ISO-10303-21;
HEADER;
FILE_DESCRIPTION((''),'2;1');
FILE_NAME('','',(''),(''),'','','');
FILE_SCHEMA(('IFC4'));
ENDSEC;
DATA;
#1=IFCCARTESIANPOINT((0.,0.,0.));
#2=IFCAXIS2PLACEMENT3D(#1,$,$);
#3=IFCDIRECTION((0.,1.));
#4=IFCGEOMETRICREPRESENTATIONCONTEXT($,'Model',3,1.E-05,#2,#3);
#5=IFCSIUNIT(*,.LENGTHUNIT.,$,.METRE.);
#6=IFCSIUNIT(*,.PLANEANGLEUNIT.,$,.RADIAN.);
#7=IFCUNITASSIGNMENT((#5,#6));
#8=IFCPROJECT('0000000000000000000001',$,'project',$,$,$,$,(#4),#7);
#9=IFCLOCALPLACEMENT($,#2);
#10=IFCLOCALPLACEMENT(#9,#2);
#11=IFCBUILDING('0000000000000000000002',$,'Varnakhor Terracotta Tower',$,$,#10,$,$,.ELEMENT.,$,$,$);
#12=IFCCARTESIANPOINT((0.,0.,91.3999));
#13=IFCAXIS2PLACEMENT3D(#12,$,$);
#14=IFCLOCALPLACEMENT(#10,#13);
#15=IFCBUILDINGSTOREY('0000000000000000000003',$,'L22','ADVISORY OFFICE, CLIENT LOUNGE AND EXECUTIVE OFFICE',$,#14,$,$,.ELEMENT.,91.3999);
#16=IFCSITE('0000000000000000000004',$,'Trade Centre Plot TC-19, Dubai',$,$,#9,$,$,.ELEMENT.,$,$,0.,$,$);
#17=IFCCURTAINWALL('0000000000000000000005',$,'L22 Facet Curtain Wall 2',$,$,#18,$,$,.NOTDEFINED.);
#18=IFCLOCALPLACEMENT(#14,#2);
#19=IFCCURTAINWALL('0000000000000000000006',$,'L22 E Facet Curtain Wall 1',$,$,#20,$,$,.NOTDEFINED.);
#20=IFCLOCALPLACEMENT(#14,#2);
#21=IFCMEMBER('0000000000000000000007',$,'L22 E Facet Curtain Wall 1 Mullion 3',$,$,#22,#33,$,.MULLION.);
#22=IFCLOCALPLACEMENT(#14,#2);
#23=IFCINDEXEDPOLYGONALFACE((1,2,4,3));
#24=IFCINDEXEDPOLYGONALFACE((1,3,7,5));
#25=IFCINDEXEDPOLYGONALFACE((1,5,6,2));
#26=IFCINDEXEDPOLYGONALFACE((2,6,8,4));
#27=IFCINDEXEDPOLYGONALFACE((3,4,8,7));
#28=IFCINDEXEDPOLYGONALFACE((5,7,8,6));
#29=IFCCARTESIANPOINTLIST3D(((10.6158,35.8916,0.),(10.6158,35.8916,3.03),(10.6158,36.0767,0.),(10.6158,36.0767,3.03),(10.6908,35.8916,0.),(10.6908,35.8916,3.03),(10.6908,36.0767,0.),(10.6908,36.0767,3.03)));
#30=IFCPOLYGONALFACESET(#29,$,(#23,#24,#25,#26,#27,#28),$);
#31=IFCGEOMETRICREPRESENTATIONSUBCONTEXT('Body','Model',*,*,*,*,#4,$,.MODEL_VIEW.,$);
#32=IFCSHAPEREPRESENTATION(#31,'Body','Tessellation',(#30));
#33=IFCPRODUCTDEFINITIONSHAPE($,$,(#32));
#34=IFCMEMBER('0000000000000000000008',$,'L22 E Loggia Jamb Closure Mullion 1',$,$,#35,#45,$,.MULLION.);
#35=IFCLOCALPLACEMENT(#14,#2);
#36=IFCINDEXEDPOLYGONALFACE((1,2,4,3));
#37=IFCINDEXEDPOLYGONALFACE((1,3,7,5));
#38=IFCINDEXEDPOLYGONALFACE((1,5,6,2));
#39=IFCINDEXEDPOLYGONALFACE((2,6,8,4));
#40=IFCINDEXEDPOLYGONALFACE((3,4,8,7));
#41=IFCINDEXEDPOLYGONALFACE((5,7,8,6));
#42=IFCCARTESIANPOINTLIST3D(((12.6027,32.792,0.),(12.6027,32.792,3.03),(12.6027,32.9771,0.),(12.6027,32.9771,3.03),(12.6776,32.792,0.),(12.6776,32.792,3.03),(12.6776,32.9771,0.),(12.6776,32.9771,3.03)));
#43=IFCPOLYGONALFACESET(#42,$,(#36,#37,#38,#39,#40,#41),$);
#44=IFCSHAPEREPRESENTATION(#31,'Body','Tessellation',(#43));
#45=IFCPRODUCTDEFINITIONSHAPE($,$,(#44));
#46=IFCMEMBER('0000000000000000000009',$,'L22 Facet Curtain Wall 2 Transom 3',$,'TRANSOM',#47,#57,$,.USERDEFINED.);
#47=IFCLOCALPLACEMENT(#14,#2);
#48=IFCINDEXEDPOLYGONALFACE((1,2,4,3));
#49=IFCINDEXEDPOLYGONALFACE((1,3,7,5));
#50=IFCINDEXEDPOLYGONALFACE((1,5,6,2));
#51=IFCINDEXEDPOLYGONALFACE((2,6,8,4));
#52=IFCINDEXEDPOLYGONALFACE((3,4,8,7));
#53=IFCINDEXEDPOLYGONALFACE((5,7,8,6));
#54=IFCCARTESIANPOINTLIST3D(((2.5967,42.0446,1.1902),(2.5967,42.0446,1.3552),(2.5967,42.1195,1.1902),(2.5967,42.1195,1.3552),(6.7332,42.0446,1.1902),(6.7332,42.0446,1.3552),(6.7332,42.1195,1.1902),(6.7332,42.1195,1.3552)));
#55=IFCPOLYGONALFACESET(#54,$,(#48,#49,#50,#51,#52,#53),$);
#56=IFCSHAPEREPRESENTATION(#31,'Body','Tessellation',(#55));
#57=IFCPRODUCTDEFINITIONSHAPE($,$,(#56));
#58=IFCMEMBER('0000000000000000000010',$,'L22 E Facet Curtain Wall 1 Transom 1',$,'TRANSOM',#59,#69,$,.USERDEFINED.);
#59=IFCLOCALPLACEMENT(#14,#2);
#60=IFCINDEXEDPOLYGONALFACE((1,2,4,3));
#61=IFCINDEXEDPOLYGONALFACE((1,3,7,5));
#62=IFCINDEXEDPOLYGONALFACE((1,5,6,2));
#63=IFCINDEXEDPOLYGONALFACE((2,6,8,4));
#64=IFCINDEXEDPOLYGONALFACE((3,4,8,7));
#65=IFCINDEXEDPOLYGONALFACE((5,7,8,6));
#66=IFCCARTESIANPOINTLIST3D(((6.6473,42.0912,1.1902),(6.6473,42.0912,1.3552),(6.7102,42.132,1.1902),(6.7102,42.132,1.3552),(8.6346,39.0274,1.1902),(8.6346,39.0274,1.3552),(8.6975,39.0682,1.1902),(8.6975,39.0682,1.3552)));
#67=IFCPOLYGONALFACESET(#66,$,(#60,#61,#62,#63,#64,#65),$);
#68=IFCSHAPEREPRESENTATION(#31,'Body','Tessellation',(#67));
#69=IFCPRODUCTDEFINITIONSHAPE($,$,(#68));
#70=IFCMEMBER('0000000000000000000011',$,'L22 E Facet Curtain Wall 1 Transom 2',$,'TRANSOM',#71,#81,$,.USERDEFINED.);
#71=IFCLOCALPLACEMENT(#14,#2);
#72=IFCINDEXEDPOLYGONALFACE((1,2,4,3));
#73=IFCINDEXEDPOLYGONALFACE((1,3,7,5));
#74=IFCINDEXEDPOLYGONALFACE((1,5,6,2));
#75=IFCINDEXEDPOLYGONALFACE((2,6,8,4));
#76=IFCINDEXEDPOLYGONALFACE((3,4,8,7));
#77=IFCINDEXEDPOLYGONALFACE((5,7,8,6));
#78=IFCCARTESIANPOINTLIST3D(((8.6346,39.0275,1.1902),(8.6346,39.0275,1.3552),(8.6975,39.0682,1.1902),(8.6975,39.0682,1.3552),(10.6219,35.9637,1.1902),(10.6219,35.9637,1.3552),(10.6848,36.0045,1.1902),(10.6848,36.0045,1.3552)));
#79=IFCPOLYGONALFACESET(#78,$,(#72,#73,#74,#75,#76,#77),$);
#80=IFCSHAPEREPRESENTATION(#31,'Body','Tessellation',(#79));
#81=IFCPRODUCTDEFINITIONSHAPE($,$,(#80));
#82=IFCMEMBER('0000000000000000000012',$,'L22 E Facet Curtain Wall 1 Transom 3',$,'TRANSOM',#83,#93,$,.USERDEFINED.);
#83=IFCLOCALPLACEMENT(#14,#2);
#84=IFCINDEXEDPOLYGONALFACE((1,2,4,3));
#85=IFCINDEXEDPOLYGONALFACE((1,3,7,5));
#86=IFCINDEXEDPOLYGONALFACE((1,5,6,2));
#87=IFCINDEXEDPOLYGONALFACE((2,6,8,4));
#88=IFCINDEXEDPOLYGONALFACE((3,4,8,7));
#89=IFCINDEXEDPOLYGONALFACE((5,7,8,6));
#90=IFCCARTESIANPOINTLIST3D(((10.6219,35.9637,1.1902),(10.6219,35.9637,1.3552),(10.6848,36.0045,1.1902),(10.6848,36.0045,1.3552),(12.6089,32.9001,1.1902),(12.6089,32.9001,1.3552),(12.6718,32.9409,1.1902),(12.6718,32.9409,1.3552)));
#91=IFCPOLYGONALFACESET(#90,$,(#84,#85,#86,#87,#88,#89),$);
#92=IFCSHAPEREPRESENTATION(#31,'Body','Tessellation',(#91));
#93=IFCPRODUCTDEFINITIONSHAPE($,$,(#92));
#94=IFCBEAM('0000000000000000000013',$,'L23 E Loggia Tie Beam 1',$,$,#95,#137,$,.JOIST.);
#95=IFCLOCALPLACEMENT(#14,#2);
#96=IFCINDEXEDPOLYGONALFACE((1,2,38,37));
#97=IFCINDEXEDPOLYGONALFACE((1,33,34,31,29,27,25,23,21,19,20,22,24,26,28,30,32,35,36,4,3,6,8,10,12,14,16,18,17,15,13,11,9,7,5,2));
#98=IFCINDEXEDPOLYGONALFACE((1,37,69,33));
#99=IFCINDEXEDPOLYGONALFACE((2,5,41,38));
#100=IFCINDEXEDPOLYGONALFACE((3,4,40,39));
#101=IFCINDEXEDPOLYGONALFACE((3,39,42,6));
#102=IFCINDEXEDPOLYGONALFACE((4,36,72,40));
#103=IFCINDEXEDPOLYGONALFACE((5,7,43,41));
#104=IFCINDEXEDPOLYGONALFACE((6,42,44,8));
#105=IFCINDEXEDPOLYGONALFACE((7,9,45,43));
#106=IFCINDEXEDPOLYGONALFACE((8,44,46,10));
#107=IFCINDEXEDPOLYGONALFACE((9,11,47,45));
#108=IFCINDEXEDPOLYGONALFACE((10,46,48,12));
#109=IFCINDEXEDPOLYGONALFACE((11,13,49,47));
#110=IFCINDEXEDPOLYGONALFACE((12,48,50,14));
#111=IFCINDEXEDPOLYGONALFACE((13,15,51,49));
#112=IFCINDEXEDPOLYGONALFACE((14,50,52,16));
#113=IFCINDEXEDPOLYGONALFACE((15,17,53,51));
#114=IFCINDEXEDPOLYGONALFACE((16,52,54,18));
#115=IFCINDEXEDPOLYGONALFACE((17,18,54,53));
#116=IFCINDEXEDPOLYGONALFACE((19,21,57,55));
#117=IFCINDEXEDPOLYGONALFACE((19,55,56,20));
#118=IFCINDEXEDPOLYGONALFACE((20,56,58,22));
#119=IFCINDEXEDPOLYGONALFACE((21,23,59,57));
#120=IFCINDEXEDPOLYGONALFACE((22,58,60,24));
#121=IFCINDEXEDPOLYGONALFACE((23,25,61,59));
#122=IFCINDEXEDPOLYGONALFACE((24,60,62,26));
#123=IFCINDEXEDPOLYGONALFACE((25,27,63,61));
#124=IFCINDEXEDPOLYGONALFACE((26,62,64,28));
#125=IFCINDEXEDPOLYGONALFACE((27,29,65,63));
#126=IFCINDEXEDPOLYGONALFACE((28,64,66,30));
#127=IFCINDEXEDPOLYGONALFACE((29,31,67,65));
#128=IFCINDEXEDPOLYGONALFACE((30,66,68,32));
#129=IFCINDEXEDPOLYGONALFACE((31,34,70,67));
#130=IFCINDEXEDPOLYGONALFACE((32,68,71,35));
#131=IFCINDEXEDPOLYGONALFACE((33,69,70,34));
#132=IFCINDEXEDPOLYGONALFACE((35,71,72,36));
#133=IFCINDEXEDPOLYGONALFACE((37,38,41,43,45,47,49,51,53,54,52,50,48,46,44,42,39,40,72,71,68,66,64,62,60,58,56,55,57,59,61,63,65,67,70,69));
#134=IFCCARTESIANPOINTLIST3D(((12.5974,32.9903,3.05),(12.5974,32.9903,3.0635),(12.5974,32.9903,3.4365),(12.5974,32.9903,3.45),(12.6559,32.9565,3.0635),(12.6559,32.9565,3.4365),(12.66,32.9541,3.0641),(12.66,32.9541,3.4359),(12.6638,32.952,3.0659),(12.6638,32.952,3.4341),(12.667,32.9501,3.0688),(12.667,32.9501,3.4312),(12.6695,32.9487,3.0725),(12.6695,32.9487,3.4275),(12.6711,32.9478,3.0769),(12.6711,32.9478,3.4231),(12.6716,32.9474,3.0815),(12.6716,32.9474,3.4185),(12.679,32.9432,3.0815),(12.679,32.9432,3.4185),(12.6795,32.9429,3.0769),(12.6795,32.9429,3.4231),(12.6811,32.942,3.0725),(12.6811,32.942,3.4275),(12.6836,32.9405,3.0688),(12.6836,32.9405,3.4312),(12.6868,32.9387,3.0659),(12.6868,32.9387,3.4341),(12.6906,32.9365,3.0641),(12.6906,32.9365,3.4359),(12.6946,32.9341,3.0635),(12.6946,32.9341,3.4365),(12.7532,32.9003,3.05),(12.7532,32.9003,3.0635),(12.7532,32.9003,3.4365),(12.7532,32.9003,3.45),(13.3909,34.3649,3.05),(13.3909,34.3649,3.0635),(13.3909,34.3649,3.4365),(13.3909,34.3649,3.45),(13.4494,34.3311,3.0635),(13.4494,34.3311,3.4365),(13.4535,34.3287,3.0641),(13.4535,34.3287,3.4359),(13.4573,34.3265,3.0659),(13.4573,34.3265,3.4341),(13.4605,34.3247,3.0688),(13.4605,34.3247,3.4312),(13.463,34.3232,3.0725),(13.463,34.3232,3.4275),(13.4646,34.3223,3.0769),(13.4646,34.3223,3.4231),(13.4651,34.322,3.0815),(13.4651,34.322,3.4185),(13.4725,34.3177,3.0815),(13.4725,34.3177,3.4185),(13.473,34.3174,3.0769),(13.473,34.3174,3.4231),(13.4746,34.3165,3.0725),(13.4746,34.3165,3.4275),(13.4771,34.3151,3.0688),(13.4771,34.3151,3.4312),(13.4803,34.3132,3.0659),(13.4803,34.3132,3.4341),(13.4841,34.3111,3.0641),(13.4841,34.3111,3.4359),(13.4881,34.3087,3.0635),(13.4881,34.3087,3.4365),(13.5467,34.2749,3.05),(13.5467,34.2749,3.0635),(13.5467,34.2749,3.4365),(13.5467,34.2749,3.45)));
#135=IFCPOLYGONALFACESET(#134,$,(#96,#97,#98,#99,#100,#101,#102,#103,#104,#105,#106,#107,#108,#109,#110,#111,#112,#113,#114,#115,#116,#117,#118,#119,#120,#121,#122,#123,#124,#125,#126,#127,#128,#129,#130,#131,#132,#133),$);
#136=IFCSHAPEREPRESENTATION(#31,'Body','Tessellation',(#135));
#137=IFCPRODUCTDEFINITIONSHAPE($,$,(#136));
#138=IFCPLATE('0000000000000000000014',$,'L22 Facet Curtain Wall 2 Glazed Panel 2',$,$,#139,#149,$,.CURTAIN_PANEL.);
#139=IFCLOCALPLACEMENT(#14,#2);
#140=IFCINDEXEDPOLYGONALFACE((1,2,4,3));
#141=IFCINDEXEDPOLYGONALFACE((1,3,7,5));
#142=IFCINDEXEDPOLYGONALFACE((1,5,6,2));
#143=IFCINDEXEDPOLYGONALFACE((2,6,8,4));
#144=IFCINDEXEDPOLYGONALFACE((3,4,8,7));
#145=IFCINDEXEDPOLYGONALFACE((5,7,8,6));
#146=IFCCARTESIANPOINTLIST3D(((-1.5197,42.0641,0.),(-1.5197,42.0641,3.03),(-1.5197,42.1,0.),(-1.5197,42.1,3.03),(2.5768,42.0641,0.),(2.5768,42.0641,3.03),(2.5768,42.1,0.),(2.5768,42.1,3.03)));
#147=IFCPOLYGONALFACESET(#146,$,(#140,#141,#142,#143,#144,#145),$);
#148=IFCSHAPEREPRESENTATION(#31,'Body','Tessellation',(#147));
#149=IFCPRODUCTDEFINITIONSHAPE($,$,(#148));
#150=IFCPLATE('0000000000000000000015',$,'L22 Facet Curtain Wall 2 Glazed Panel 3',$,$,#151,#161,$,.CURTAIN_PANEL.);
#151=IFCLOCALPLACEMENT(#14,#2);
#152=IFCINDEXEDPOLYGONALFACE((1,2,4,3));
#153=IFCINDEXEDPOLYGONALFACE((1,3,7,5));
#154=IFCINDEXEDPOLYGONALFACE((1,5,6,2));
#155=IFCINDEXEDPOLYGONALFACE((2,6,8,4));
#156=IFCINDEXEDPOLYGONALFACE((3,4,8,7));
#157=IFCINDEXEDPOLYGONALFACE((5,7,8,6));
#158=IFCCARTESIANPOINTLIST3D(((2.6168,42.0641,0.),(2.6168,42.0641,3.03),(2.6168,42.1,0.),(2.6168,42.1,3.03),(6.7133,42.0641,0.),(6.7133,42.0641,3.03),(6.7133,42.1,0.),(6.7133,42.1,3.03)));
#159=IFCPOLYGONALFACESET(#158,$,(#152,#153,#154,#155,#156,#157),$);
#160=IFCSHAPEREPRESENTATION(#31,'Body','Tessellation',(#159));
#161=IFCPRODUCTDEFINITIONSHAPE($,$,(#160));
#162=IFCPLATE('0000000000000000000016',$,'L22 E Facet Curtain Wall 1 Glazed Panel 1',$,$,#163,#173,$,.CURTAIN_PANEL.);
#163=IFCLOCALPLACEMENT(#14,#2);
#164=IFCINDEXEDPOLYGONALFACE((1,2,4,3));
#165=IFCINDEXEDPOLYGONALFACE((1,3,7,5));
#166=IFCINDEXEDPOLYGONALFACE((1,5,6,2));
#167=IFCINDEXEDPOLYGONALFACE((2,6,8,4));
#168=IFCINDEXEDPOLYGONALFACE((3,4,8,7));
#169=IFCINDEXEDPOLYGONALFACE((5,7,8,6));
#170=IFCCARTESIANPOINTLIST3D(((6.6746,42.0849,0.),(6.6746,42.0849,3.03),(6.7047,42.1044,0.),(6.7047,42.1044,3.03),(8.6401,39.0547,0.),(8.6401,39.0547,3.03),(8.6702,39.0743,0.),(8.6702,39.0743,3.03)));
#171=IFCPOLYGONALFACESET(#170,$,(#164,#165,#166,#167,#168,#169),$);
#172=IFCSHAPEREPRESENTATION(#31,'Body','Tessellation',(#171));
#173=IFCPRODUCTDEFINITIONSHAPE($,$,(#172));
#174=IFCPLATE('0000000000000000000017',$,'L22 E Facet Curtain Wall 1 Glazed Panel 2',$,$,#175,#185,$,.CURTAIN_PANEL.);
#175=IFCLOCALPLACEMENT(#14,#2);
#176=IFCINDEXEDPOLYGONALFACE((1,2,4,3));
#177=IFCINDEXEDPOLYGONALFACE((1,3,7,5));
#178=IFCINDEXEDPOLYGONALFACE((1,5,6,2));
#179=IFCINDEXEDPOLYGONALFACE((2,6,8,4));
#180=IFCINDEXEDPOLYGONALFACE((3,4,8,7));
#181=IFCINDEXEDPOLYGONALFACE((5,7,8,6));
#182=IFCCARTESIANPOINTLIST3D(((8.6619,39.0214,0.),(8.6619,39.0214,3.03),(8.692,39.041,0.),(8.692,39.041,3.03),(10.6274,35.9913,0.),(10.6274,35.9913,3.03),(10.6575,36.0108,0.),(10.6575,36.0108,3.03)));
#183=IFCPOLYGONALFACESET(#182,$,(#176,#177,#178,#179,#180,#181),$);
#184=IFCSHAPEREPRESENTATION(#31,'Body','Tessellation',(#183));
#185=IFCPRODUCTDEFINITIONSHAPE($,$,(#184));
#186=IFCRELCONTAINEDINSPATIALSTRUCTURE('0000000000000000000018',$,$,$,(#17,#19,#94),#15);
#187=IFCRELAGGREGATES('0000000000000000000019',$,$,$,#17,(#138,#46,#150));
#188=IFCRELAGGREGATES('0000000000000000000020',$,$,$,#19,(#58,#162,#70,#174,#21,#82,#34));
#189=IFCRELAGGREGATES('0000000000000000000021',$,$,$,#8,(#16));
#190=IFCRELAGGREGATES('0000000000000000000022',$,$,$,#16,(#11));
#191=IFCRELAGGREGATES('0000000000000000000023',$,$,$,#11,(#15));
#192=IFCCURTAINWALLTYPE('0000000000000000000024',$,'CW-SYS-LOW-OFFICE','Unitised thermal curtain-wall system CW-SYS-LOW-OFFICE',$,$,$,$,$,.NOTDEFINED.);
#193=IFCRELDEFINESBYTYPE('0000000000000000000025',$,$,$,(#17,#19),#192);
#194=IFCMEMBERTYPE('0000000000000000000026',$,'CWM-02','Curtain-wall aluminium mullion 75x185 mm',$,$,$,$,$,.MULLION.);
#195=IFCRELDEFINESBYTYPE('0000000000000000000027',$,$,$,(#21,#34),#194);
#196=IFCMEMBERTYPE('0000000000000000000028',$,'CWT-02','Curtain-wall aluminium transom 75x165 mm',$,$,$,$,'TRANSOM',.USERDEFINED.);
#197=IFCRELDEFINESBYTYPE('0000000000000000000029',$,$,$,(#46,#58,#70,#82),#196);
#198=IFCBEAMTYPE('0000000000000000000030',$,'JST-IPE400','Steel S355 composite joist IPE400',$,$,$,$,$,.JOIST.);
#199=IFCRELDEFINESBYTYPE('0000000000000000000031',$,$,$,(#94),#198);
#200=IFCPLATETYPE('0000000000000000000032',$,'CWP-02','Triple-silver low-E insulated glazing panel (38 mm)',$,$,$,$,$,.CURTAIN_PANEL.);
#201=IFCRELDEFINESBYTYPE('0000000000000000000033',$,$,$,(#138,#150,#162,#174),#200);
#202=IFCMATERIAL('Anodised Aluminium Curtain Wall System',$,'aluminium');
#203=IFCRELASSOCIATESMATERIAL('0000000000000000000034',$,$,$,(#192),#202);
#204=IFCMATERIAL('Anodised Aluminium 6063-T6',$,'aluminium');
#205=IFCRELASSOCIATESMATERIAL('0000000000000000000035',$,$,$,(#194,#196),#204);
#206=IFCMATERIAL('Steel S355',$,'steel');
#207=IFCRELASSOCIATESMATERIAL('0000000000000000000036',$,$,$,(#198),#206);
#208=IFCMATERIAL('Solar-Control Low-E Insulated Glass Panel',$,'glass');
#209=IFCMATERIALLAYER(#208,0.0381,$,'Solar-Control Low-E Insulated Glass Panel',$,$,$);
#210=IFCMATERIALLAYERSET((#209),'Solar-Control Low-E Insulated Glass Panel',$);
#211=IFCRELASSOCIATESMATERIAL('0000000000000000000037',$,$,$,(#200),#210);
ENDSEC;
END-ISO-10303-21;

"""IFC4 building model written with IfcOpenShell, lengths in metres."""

from ifc_helpers import new_model, si_unit, direction, frame, origin, origin_2d, place, context, subcontext, project, spatial, rectangle, i_section, extrude, source, transform, mapped, material, layer, layer_set, material_profile, profile_set, type_object, type_shapes, element, aggregate, save


model = new_model("IFC4")

# Units and contexts
model_context = context("Model", 3, precision=1e-05, world=origin(), true_north=direction((0.0, 1.0)))
body_context = subcontext(model_context, "Body", "Model", "MODEL_VIEW")
ifc_project = project(units=[si_unit("LENGTHUNIT", "METRE"), si_unit("PLANEANGLEUNIT", "RADIAN")], contexts=[model_context])

# Site, building, storey
site_placement = place(None, origin())
site = spatial("IfcSite", under=ifc_project, at=site_placement, Name="Trade Centre Plot TC-19, Dubai", CompositionType="ELEMENT", RefElevation=0.0)
building_placement = place(site_placement, origin())
building = spatial("IfcBuilding", under=site, at=building_placement, Name="Varnakhor Terracotta Tower", CompositionType="ELEMENT")
storey_placement = place(building_placement, frame((0.0, 0.0, 91.3999)))
storey = spatial("IfcBuildingStorey", under=building, at=storey_placement, Name="L22", Description="ADVISORY OFFICE, CLIENT LOUNGE AND EXECUTIVE OFFICE", CompositionType="ELEMENT", Elevation=91.3999)

# Shared definitions
ifc_material_1 = material(Name="Steel S355", Category="steel")

# Curtain wall
ifc_material_2 = material(Name="Anodised Aluminium Curtain Wall System", Category="aluminium")
curtain_wall_type = type_object("IfcCurtainWallType", Name="CW-SYS-LOW-OFFICE", Description="Unitised thermal curtain-wall system CW-SYS-LOW-OFFICE", PredefinedType="NOTDEFINED", material=ifc_material_2)
curtain_wall_1_placement = place(storey_placement, origin())
curtain_wall_1 = element("IfcCurtainWall", 1, at=curtain_wall_1_placement, inside=storey, type_object=curtain_wall_type, Name="L22 Facet Curtain Wall 2", PredefinedType="NOTDEFINED")
ifc_material_3 = material(Name="Anodised Aluminium 6063-T6", Category="aluminium")
ifc_material_profile_1 = material_profile(ifc_material_3, rectangle(XDim=0.075, YDim=0.1851, at=origin_2d()), Name="ALU MULLION 75x185")
ifc_profile_set_1 = profile_set([ifc_material_profile_1], Name="Anodised Aluminium 6063-T6")
member_type_1 = type_object("IfcMemberType", Name="CWM-02", Description="Curtain-wall aluminium mullion 75x185 mm", PredefinedType="MULLION", material=ifc_profile_set_1)
shared_shape_1 = source(origin(), body_context, "Body", "SweptSolid", [
    extrude(rectangle(XDim=0.075, YDim=0.1851, at=origin_2d()), origin(), (0.0, 0.0, 1.0), 3.03),
])
type_shapes(member_type_1, [shared_shape_1])

# Curtain wall, members
curtain_wall_2_placement = place(storey_placement, origin())
curtain_wall_2 = element("IfcCurtainWall", 2, at=curtain_wall_2_placement, inside=storey, type_object=curtain_wall_type, Name="L22 E Facet Curtain Wall 1", PredefinedType="NOTDEFINED")
member_1_placement = place(storey_placement, frame((10.6533, 35.9841, 0.0), z_axis=(0.0, 0.0, 1.0), x_axis=(1.0, 0.0, 0.0)))
member_1 = element("IfcMember", 3, at=member_1_placement, type_object=member_type_1, Name="L22 E Facet Curtain Wall 1 Mullion 3", PredefinedType="MULLION", context=body_context, shape_type="MappedRepresentation", body=[
    mapped(shared_shape_1, transform((0.0, 0.0, 0.0), scale=1.0)),
])
member_2_placement = place(storey_placement, frame((12.6401, 32.8845, 0.0), z_axis=(0.0, 0.0, 1.0), x_axis=(1.0, 0.0, 0.0)))
member_2 = element("IfcMember", 4, at=member_2_placement, type_object=member_type_1, Name="L22 E Loggia Jamb Closure Mullion 1", PredefinedType="MULLION", context=body_context, shape_type="MappedRepresentation", body=[
    mapped(shared_shape_1, transform((0.0, 0.0, 0.0), scale=1.0)),
])

# Members
ifc_material_profile_2 = material_profile(ifc_material_3, rectangle(XDim=0.075, YDim=0.165, at=origin_2d()), Name="ALU TRANSOM 75x165")
ifc_profile_set_2 = profile_set([ifc_material_profile_2], Name="Anodised Aluminium 6063-T6")
member_type_2 = type_object("IfcMemberType", Name="CWT-02", Description="Curtain-wall aluminium transom 75x165 mm", ElementType="TRANSOM", PredefinedType="USERDEFINED", material=ifc_profile_set_2)
shared_shape_2 = source(origin(), body_context, "Body", "SweptSolid", [
    extrude(rectangle(XDim=0.075, YDim=0.165, at=origin_2d()), origin(), (0.0, 0.0, 1.0), 4.1365),
])
member_3_placement = place(storey_placement, frame((2.5967, 42.082, 1.2727), z_axis=(1.0, 0.0, 0.0), x_axis=(0.0, 1.0, 0.0)))
member_3 = element("IfcMember", 5, at=member_3_placement, type_object=member_type_2, Name="L22 Facet Curtain Wall 2 Transom 3", ObjectType="TRANSOM", PredefinedType="USERDEFINED", context=body_context, shape_type="MappedRepresentation", body=[
    mapped(shared_shape_2, transform((0.0, 0.0, 0.0), scale=1.0)),
])
shared_shape_3 = source(origin(), body_context, "Body", "SweptSolid", [
    extrude(rectangle(XDim=0.075, YDim=0.165, at=origin_2d()), origin(), (0.0, 0.0, 1.0), 3.6519),
])
member_4_placement = place(storey_placement, frame((6.6787, 42.1116, 1.2727), z_axis=(0.544196, -0.838958, 0.0), x_axis=(0.838958, 0.544196, 0.0)))
member_4 = element("IfcMember", 6, at=member_4_placement, type_object=member_type_2, Name="L22 E Facet Curtain Wall 1 Transom 1", ObjectType="TRANSOM", PredefinedType="USERDEFINED", context=body_context, shape_type="MappedRepresentation", body=[
    mapped(shared_shape_3, transform((0.0, 0.0, 0.0), scale=1.0)),
])
member_5_placement = place(storey_placement, frame((8.666, 39.0479, 1.2727), z_axis=(0.544196, -0.838958, 0.0), x_axis=(0.838958, 0.544196, 0.0)))
member_5 = element("IfcMember", 7, at=member_5_placement, type_object=member_type_2, Name="L22 E Facet Curtain Wall 1 Transom 2", ObjectType="TRANSOM", PredefinedType="USERDEFINED", context=body_context, shape_type="MappedRepresentation", body=[
    mapped(shared_shape_3, transform((0.0, 0.0, 0.0), scale=1.0)),
])
shared_shape_4 = source(origin(), body_context, "Body", "SweptSolid", [
    extrude(rectangle(XDim=0.075, YDim=0.165, at=origin_2d()), origin(), (0.0, 0.0, 1.0), 3.6516),
])
member_6_placement = place(storey_placement, frame((10.6533, 35.9841, 1.2727), z_axis=(0.544149, -0.838989, 0.0), x_axis=(0.838989, 0.544149, 0.0)))
member_6 = element("IfcMember", 8, at=member_6_placement, type_object=member_type_2, Name="L22 E Facet Curtain Wall 1 Transom 3", ObjectType="TRANSOM", PredefinedType="USERDEFINED", context=body_context, shape_type="MappedRepresentation", body=[
    mapped(shared_shape_4, transform((0.0, 0.0, 0.0), scale=1.0)),
])

# Beam
ifc_material_profile_3 = material_profile(ifc_material_1, i_section(OverallWidth=0.1799, OverallDepth=0.3999, WebThickness=0.0085, FlangeThickness=0.0134, FilletRadius=0.0181, at=origin_2d()), Name="IPE400")
ifc_profile_set_3 = profile_set([ifc_material_profile_3], Name="Steel S355")
beam_type_1 = type_object("IfcBeamType", Name="JST-IPE400", Description="Steel S355 composite joist IPE400", PredefinedType="JOIST", material=ifc_profile_set_3)
shared_shape_5 = source(origin(), body_context, "Body", "SweptSolid", [
    extrude(i_section(OverallWidth=0.1799, OverallDepth=0.3999, WebThickness=0.0085, FlangeThickness=0.0134, FilletRadius=0.0181, at=origin_2d()), origin(), (0.0, 0.0, 1.0), 1.5872),
])
beam_1_placement = place(storey_placement, frame((12.6753, 32.9453, 3.25), z_axis=(0.499944, 0.866058, 0.0), x_axis=(-0.866058, 0.499944, 0.0)))
element("IfcBeam", 9, at=beam_1_placement, inside=storey, type_object=beam_type_1, Name="L23 E Loggia Tie Beam 1", PredefinedType="JOIST", context=body_context, shape_type="MappedRepresentation", body=[
    mapped(shared_shape_5, transform((0.0, 0.0, 0.0), scale=1.0)),
])

# Plates
ifc_material_4 = material(Name="Solar-Control Low-E Insulated Glass Panel", Category="glass")
ifc_layer_1 = layer(ifc_material_4, 0.0381, Name="Solar-Control Low-E Insulated Glass Panel")
ifc_layer_set_1 = layer_set([ifc_layer_1], Name="Solar-Control Low-E Insulated Glass Panel")
plate_type = type_object("IfcPlateType", Name="CWP-02", Description="Triple-silver low-E insulated glazing panel (38 mm)", PredefinedType="CURTAIN_PANEL", material=ifc_layer_set_1)
shared_shape_6 = source(origin(), body_context, "Body", "SweptSolid", [
    extrude(rectangle(XDim=4.0964, YDim=0.0359, at=origin_2d()), origin(), (0.0, 0.0, 1.0), 3.03),
])
plate_1_placement = place(storey_placement, frame((0.5286, 42.082, 0.0), z_axis=(0.0, 0.0, 1.0), x_axis=(1.0, 0.0, 0.0)))
plate_1 = element("IfcPlate", 10, at=plate_1_placement, type_object=plate_type, Name="L22 Facet Curtain Wall 2 Glazed Panel 2", PredefinedType="CURTAIN_PANEL", context=body_context, shape_type="MappedRepresentation", body=[
    mapped(shared_shape_6, transform((0.0, 0.0, 0.0), scale=1.0)),
])
plate_2_placement = place(storey_placement, frame((4.665, 42.082, 0.0), z_axis=(0.0, 0.0, 1.0), x_axis=(1.0, 0.0, 0.0)))
plate_2 = element("IfcPlate", 11, at=plate_2_placement, type_object=plate_type, Name="L22 Facet Curtain Wall 2 Glazed Panel 3", PredefinedType="CURTAIN_PANEL", context=body_context, shape_type="MappedRepresentation", body=[
    mapped(shared_shape_6, transform((0.0, 0.0, 0.0), scale=1.0)),
])
aggregate(curtain_wall_1, [plate_1, member_3, plate_2])
shared_shape_7 = source(origin(), body_context, "Body", "SweptSolid", [
    extrude(rectangle(XDim=3.6118, YDim=0.0359, at=origin_2d()), origin(), (0.0, 0.0, 1.0), 3.03),
])
plate_3_placement = place(storey_placement, frame((7.6724, 40.5796, 0.0), z_axis=(0.0, 0.0, 1.0), x_axis=(0.544185, -0.838965, 0.0)))
plate_3 = element("IfcPlate", 12, at=plate_3_placement, type_object=plate_type, Name="L22 E Facet Curtain Wall 1 Glazed Panel 1", PredefinedType="CURTAIN_PANEL", context=body_context, shape_type="MappedRepresentation", body=[
    mapped(shared_shape_7, transform((0.0, 0.0, 0.0), scale=1.0)),
])
plate_4_placement = place(storey_placement, frame((9.6597, 37.5161, 0.0), z_axis=(0.0, 0.0, 1.0), x_axis=(0.544185, -0.838965, 0.0)))
plate_4 = element("IfcPlate", 13, at=plate_4_placement, type_object=plate_type, Name="L22 E Facet Curtain Wall 1 Glazed Panel 2", PredefinedType="CURTAIN_PANEL", context=body_context, shape_type="MappedRepresentation", body=[
    mapped(shared_shape_7, transform((0.0, 0.0, 0.0), scale=1.0)),
])
aggregate(curtain_wall_2, [member_4, plate_3, member_5, plate_4, member_1, member_6, member_2])

save(model, "model.ifc")
